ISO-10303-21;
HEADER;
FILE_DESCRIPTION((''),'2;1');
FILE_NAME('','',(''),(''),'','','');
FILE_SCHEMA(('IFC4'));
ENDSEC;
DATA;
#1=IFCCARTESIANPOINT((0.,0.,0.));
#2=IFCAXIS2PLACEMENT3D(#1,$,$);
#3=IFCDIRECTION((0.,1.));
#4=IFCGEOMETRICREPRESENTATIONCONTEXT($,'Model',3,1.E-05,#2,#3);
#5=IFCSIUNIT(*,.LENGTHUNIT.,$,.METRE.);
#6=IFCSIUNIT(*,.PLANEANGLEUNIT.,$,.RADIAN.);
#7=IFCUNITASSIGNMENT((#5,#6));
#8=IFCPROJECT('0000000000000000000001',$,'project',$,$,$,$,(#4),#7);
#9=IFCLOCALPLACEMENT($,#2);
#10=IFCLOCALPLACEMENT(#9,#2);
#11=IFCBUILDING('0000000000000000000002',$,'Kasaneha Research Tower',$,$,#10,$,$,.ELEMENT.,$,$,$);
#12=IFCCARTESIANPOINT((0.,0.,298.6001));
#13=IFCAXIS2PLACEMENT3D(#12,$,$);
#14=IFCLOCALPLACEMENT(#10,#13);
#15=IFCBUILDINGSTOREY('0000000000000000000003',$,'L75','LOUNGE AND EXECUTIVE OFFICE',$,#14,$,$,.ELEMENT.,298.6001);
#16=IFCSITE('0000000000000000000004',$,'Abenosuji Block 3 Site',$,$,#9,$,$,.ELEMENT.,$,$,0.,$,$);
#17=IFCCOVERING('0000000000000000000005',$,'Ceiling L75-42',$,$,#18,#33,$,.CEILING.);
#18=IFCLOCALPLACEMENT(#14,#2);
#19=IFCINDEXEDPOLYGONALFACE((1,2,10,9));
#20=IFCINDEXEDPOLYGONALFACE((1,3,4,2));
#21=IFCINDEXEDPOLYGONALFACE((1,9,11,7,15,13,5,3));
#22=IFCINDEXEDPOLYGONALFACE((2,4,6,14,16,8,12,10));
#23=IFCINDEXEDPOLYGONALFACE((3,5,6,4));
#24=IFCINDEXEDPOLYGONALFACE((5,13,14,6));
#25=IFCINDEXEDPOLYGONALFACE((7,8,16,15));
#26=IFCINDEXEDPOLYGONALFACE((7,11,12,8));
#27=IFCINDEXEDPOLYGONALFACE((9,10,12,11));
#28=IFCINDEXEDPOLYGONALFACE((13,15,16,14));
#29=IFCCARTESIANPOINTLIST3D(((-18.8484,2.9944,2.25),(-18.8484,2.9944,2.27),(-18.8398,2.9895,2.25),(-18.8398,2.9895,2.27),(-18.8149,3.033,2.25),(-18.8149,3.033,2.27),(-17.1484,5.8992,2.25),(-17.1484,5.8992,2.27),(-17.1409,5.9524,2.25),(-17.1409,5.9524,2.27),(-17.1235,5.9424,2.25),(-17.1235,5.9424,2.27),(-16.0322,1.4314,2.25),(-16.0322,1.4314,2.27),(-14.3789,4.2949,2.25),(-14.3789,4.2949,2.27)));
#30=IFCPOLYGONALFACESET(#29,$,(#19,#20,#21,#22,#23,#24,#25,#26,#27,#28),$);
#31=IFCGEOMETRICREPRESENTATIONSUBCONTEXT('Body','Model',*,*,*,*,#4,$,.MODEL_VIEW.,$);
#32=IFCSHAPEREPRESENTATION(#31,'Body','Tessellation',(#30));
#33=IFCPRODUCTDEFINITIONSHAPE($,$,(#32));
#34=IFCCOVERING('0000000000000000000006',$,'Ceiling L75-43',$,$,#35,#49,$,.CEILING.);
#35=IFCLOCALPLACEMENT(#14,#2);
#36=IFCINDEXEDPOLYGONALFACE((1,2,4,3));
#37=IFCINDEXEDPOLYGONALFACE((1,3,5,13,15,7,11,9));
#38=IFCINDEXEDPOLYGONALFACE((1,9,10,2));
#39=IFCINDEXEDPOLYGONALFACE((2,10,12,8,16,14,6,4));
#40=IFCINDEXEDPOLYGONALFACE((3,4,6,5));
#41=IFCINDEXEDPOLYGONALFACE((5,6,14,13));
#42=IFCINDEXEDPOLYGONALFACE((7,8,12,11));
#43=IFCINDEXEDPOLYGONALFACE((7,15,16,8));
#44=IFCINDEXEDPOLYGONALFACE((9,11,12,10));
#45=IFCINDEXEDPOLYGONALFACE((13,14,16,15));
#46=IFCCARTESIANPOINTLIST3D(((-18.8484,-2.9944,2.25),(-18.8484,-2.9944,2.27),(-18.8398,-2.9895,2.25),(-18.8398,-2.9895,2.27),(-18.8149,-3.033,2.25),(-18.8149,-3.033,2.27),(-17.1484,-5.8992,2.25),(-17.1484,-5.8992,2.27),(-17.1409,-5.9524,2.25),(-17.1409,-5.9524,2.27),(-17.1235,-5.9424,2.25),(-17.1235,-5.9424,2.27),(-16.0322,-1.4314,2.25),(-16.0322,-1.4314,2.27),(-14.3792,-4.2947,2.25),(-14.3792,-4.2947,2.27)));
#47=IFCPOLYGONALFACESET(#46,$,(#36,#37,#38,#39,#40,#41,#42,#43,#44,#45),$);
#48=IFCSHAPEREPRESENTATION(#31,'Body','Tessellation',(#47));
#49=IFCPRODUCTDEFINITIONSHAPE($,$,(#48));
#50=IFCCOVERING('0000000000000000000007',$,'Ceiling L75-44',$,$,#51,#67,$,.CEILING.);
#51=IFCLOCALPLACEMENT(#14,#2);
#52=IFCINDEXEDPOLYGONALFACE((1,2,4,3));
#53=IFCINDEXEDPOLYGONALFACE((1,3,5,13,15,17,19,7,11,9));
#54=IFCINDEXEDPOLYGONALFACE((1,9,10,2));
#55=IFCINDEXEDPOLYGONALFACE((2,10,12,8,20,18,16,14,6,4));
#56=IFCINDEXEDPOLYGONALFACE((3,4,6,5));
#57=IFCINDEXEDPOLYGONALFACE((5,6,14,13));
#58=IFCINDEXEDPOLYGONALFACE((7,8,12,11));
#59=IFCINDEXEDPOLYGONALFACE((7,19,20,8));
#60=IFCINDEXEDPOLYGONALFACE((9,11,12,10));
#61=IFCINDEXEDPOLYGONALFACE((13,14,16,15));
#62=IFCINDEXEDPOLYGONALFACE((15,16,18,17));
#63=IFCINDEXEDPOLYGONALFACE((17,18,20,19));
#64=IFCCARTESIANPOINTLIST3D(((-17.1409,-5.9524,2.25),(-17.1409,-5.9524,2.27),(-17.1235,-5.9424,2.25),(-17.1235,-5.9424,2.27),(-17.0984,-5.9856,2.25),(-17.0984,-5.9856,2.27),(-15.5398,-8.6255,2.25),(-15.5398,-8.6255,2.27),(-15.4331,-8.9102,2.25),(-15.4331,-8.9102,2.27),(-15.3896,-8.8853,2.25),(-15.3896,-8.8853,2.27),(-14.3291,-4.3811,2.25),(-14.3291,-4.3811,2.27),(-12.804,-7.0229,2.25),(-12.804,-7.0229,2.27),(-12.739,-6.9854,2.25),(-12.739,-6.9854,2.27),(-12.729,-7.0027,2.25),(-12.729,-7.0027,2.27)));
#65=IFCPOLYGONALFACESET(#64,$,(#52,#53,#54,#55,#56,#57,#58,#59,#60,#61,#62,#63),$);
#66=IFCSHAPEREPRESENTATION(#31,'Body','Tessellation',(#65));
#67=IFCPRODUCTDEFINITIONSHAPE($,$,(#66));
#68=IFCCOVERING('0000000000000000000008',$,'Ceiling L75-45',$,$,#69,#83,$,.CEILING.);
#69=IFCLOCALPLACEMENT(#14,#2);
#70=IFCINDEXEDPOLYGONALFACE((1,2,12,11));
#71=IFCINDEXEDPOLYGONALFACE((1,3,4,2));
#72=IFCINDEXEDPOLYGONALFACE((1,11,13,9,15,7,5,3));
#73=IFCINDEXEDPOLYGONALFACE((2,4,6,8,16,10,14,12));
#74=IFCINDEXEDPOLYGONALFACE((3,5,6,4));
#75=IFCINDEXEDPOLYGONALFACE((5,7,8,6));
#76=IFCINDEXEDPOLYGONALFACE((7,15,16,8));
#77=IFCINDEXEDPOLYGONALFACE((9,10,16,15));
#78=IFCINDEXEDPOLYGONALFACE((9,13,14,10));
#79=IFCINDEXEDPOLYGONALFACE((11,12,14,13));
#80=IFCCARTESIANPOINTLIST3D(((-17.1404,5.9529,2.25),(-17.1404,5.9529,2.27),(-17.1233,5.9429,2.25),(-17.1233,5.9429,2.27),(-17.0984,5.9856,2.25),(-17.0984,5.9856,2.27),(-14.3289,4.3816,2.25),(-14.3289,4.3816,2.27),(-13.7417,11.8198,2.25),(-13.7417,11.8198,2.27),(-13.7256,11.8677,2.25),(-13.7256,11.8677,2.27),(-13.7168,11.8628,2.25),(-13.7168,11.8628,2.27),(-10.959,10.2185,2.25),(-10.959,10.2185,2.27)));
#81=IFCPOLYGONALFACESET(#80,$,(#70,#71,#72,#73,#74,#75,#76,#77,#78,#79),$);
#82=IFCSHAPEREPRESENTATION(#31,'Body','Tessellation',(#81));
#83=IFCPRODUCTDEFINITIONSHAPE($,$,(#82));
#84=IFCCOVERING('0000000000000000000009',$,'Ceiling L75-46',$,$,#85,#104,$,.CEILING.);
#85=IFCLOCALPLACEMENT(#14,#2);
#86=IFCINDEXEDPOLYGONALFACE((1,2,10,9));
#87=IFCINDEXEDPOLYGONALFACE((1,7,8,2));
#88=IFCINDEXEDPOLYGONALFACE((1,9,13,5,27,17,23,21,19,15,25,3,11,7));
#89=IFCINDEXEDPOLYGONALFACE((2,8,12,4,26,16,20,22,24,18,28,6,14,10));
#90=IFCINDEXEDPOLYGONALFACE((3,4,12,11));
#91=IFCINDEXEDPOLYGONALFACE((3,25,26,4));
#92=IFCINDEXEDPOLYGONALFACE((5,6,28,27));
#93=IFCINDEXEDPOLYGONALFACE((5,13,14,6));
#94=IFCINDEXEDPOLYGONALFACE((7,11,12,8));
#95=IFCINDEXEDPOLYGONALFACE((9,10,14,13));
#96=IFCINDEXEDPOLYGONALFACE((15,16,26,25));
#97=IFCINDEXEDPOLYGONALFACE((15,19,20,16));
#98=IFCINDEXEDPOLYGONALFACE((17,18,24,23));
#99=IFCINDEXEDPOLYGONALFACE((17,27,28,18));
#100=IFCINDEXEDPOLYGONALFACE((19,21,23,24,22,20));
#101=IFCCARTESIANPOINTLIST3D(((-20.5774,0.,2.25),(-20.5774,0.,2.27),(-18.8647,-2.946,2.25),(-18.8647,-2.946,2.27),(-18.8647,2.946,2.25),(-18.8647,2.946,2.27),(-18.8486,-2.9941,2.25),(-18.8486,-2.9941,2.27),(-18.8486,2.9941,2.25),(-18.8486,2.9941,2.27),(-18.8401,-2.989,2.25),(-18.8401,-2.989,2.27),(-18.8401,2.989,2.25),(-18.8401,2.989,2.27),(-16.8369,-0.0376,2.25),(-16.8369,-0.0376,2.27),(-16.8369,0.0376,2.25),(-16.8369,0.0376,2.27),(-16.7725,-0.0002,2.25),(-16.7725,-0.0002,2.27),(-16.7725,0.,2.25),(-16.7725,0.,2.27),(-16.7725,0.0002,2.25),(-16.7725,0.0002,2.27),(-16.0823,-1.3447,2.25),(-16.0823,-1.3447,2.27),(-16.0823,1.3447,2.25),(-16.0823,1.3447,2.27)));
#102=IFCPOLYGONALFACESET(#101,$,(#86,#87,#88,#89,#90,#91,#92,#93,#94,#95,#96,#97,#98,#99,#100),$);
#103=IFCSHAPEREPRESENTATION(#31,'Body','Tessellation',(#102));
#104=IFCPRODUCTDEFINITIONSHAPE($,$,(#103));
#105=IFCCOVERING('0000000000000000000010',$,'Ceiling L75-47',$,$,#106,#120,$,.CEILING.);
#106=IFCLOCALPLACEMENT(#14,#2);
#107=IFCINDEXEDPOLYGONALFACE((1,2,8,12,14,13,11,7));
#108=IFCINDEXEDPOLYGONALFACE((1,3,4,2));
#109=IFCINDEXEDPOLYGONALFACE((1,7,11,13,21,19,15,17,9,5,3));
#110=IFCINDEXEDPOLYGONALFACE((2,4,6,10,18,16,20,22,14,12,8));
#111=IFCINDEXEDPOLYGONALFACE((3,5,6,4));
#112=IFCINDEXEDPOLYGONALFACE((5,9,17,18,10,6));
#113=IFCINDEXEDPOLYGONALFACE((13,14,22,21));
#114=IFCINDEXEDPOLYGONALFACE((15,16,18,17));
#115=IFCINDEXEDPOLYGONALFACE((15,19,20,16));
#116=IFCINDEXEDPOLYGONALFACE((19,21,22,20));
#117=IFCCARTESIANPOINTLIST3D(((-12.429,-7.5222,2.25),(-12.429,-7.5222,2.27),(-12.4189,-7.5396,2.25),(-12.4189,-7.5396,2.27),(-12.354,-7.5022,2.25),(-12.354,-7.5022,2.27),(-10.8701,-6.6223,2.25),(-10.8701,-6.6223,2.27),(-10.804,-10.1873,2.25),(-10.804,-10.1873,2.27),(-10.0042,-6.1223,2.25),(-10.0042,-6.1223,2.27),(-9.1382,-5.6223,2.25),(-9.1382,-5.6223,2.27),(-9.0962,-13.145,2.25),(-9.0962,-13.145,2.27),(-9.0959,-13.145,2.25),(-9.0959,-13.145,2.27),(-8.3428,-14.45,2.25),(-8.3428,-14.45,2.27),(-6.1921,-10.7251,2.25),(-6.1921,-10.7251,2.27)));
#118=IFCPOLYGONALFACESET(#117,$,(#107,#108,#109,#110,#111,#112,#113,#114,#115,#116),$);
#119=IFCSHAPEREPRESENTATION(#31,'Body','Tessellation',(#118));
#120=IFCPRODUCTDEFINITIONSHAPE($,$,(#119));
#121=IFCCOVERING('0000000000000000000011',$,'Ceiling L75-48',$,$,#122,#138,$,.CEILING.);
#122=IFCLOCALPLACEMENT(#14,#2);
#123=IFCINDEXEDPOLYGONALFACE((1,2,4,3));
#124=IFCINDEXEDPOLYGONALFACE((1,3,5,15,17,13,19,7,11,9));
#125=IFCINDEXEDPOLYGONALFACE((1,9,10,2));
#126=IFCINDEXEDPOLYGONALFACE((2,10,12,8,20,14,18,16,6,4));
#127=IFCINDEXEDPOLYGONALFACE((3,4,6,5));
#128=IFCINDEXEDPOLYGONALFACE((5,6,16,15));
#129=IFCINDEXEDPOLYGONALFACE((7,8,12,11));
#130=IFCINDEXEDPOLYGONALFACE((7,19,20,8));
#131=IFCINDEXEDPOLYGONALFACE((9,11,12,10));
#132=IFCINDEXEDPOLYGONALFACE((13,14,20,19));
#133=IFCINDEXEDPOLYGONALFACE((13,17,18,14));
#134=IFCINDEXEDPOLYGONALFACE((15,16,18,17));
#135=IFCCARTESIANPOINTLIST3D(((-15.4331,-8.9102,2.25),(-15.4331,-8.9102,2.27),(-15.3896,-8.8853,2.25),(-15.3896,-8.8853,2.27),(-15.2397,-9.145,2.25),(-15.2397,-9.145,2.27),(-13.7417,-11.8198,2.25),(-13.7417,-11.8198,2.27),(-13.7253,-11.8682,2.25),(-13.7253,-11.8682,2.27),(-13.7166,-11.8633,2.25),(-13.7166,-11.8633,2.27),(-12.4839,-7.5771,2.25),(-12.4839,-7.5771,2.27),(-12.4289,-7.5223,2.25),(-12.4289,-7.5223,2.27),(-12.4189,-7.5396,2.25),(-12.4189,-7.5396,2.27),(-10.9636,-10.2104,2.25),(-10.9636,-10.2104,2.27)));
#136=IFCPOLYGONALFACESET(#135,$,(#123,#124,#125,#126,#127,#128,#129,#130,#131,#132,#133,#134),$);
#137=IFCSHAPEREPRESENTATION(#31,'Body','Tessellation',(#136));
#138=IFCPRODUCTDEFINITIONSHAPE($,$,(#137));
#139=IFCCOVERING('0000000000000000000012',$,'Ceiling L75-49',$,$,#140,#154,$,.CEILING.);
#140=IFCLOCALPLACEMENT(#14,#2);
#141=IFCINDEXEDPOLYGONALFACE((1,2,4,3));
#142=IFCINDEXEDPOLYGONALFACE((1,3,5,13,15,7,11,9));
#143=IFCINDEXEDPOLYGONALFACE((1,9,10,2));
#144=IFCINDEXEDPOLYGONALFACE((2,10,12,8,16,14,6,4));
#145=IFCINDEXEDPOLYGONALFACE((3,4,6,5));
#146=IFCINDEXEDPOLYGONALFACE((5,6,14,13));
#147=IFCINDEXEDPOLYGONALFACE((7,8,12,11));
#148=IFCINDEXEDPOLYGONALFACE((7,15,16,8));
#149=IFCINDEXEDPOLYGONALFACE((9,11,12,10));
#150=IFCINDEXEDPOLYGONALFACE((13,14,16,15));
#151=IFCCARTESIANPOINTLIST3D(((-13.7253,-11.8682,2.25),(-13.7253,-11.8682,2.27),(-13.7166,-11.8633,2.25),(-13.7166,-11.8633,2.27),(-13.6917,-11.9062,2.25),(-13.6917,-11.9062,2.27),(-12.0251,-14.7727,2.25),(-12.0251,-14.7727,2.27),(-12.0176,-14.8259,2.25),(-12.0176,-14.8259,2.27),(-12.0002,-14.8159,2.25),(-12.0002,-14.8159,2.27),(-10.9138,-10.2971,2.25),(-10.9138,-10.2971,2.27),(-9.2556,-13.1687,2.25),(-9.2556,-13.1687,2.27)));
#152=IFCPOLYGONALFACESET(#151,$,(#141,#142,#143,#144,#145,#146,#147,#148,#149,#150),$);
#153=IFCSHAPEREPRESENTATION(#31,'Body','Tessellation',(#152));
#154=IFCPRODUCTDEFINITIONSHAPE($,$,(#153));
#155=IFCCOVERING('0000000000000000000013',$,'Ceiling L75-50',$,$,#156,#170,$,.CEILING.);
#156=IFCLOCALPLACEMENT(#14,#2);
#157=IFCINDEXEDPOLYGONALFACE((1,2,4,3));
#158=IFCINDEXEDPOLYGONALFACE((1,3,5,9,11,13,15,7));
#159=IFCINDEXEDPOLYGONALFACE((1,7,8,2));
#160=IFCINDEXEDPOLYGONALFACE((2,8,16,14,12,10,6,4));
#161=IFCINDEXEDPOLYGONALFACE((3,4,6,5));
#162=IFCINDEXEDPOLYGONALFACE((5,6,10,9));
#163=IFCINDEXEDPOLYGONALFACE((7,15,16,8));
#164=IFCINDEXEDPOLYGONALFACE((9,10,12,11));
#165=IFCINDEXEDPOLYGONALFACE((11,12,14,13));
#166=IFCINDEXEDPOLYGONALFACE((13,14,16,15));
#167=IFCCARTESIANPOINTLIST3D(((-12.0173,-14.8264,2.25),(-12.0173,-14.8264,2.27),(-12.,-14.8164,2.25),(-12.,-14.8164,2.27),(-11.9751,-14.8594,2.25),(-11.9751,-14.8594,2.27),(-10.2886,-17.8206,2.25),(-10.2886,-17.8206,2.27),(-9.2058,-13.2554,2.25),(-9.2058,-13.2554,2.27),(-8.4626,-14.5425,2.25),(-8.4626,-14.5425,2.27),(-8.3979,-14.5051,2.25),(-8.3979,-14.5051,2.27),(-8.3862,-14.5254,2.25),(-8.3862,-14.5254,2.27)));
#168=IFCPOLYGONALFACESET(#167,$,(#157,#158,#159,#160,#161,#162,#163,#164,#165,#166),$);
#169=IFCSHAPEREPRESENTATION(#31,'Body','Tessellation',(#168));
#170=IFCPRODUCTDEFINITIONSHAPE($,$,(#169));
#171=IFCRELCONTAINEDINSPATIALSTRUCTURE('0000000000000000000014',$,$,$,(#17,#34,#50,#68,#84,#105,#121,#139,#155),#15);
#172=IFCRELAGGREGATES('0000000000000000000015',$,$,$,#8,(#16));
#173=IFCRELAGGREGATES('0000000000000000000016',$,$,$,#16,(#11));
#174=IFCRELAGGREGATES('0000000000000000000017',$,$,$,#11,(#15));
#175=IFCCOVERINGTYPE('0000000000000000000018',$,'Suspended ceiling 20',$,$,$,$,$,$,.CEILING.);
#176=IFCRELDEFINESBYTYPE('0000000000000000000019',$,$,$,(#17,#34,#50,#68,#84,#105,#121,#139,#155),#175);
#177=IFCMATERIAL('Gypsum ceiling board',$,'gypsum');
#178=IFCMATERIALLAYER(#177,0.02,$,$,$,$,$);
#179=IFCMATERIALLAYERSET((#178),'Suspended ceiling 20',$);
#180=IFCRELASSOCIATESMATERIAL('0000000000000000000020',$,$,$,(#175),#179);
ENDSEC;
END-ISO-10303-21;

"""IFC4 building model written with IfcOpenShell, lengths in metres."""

from ifc_helpers import new_model, si_unit, direction, frame, origin, place, context, subcontext, project, spatial, polyline, outline, extrude, material, layer, layer_set, type_object, element, save


model = new_model("IFC4")

# Units and contexts
model_context = context("Model", 3, precision=1e-05, world=origin(), true_north=direction((0.0, 1.0)))
body_context = subcontext(model_context, "Body", "Model", "MODEL_VIEW")
ifc_project = project(units=[si_unit("LENGTHUNIT", "METRE"), si_unit("PLANEANGLEUNIT", "RADIAN")], contexts=[model_context])

# Site, building, storey
site_placement = place(None, origin())
site = spatial("IfcSite", under=ifc_project, at=site_placement, Name="Abenosuji Block 3 Site", CompositionType="ELEMENT", RefElevation=0.0)
building_placement = place(site_placement, origin())
building = spatial("IfcBuilding", under=site, at=building_placement, Name="Kasaneha Research Tower", CompositionType="ELEMENT")
storey_placement = place(building_placement, frame((0.0, 0.0, 298.6001)))
storey = spatial("IfcBuildingStorey", under=building, at=storey_placement, Name="L75", Description="LOUNGE AND EXECUTIVE OFFICE", CompositionType="ELEMENT", Elevation=298.6001)

# Coverings
ifc_material_1 = material(Name="Gypsum ceiling board", Category="gypsum")
ifc_layer_1 = layer(ifc_material_1, 0.02)
ifc_layer_set_1 = layer_set([ifc_layer_1], Name="Suspended ceiling 20")
covering_type_1 = type_object("IfcCoveringType", Name="Suspended ceiling 20", PredefinedType="CEILING", material=ifc_layer_set_1)
covering_1_placement = place(storey_placement, frame((0.0, 0.0, 2.25)))
element("IfcCovering", 1, at=covering_1_placement, inside=storey, type_object=covering_type_1, Name="Ceiling L75-42", PredefinedType="CEILING", context=body_context, shape_type="SweptSolid", body=[
    extrude(outline(polyline([(-17.1235, 5.9424), (-17.1484, 5.8992), (-14.3789, 4.2949), (-16.0322, 1.4314), (-18.8149, 3.033), (-18.8398, 2.9895), (-18.8484, 2.9944), (-17.1409, 5.9524), (-17.1235, 5.9424)])), origin(), (0.0, 0.0, 1.0), 0.02),
])
covering_2_placement = place(storey_placement, frame((0.0, 0.0, 2.25)))
element("IfcCovering", 2, at=covering_2_placement, inside=storey, type_object=covering_type_1, Name="Ceiling L75-43", PredefinedType="CEILING", context=body_context, shape_type="SweptSolid", body=[
    extrude(outline(polyline([(-18.8398, -2.9895), (-18.8149, -3.033), (-16.0322, -1.4314), (-14.3792, -4.2947), (-17.1484, -5.8992), (-17.1235, -5.9424), (-17.1409, -5.9524), (-18.8484, -2.9944), (-18.8398, -2.9895)])), origin(), (0.0, 0.0, 1.0), 0.02),
])
covering_3_placement = place(storey_placement, frame((0.0, 0.0, 2.25)))
element("IfcCovering", 3, at=covering_3_placement, inside=storey, type_object=covering_type_1, Name="Ceiling L75-44", PredefinedType="CEILING", context=body_context, shape_type="SweptSolid", body=[
    extrude(outline(polyline([(-15.5398, -8.6255), (-15.5398, -8.6255), (-15.3896, -8.8853), (-15.4331, -8.9102), (-17.1409, -5.9524), (-17.1235, -5.9424), (-17.0984, -5.9856), (-14.3291, -4.3811), (-12.804, -7.0229), (-12.739, -6.9854), (-12.729, -7.0027), (-15.5398, -8.6255), (-15.5398, -8.6255)])), origin(), (0.0, 0.0, 1.0), 0.02),
])
covering_4_placement = place(storey_placement, frame((0.0, 0.0, 2.25)))
element("IfcCovering", 4, at=covering_4_placement, inside=storey, type_object=covering_type_1, Name="Ceiling L75-45", PredefinedType="CEILING", context=body_context, shape_type="SweptSolid", body=[
    extrude(outline(polyline([(-17.1404, 5.9529), (-13.7256, 11.8677), (-13.7168, 11.8628), (-13.7417, 11.8198), (-10.959, 10.2185), (-14.3289, 4.3816), (-17.0984, 5.9856), (-17.1233, 5.9429), (-17.1404, 5.9529)])), origin(), (0.0, 0.0, 1.0), 0.02),
])
covering_5_placement = place(storey_placement, frame((0.0, 0.0, 2.25)))
element("IfcCovering", 5, at=covering_5_placement, inside=storey, type_object=covering_type_1, Name="Ceiling L75-46", PredefinedType="CEILING", context=body_context, shape_type="SweptSolid", body=[
    extrude(outline(polyline([(-18.8401, 2.989), (-18.8647, 2.946), (-16.0823, 1.3447), (-16.8369, 0.0376), (-16.7725, 0.0002), (-16.7725, 0.0), (-16.7725, -0.0002), (-16.8369, -0.0376), (-16.0823, -1.3447), (-18.8647, -2.946), (-18.8401, -2.989), (-18.8486, -2.9941), (-20.5774, 0.0), (-18.8486, 2.9941), (-18.8401, 2.989)])), origin(), (0.0, 0.0, 1.0), 0.02),
])
covering_6_placement = place(storey_placement, frame((0.0, 0.0, 2.25)))
element("IfcCovering", 6, at=covering_6_placement, inside=storey, type_object=covering_type_1, Name="Ceiling L75-47", PredefinedType="CEILING", context=body_context, shape_type="SweptSolid", body=[
    extrude(outline(polyline([(-10.8701, -6.6223), (-10.0042, -6.1223), (-10.0042, -6.1223), (-9.1382, -5.6223), (-6.1921, -10.7251), (-8.3428, -14.45), (-8.3428, -14.45), (-9.0962, -13.145), (-9.0959, -13.145), (-10.804, -10.1873), (-10.804, -10.1873), (-12.354, -7.5022), (-12.4189, -7.5396), (-12.429, -7.5222), (-10.8701, -6.6223), (-10.8701, -6.6223)])), origin(), (0.0, 0.0, 1.0), 0.02),
])
covering_7_placement = place(storey_placement, frame((0.0, 0.0, 2.25)))
element("IfcCovering", 7, at=covering_7_placement, inside=storey, type_object=covering_type_1, Name="Ceiling L75-48", PredefinedType="CEILING", context=body_context, shape_type="SweptSolid", body=[
    extrude(outline(polyline([(-15.3896, -8.8853), (-15.2397, -9.145), (-15.2397, -9.145), (-15.2397, -9.145), (-12.425, -7.52), (-12.429, -7.5222), (-12.4189, -7.5396), (-12.4839, -7.5771), (-10.9636, -10.2104), (-13.7417, -11.8198), (-13.7166, -11.8633), (-13.7253, -11.8682), (-15.4331, -8.9102), (-15.3896, -8.8853)])), origin(), (0.0, 0.0, 1.0), 0.02),
])
covering_8_placement = place(storey_placement, frame((0.0, 0.0, 2.25)))
element("IfcCovering", 8, at=covering_8_placement, inside=storey, type_object=covering_type_1, Name="Ceiling L75-49", PredefinedType="CEILING", context=body_context, shape_type="SweptSolid", body=[
    extrude(outline(polyline([(-13.7166, -11.8633), (-13.6917, -11.9062), (-10.9138, -10.2971), (-9.2556, -13.1687), (-12.0251, -14.7727), (-12.0002, -14.8159), (-12.0176, -14.8259), (-13.7253, -11.8682), (-13.7166, -11.8633)])), origin(), (0.0, 0.0, 1.0), 0.02),
])
covering_9_placement = place(storey_placement, frame((0.0, 0.0, 2.25)))
element("IfcCovering", 9, at=covering_9_placement, inside=storey, type_object=covering_type_1, Name="Ceiling L75-50", PredefinedType="CEILING", context=body_context, shape_type="SweptSolid", body=[
    extrude(outline(polyline([(-12.0, -14.8164), (-11.9751, -14.8594), (-9.2058, -13.2554), (-8.4626, -14.5425), (-8.3979, -14.5051), (-8.3862, -14.5254), (-10.2886, -17.8206), (-12.0173, -14.8264), (-12.0, -14.8164)])), origin(), (0.0, 0.0, 1.0), 0.02),
])

save(model, "model.ifc")
